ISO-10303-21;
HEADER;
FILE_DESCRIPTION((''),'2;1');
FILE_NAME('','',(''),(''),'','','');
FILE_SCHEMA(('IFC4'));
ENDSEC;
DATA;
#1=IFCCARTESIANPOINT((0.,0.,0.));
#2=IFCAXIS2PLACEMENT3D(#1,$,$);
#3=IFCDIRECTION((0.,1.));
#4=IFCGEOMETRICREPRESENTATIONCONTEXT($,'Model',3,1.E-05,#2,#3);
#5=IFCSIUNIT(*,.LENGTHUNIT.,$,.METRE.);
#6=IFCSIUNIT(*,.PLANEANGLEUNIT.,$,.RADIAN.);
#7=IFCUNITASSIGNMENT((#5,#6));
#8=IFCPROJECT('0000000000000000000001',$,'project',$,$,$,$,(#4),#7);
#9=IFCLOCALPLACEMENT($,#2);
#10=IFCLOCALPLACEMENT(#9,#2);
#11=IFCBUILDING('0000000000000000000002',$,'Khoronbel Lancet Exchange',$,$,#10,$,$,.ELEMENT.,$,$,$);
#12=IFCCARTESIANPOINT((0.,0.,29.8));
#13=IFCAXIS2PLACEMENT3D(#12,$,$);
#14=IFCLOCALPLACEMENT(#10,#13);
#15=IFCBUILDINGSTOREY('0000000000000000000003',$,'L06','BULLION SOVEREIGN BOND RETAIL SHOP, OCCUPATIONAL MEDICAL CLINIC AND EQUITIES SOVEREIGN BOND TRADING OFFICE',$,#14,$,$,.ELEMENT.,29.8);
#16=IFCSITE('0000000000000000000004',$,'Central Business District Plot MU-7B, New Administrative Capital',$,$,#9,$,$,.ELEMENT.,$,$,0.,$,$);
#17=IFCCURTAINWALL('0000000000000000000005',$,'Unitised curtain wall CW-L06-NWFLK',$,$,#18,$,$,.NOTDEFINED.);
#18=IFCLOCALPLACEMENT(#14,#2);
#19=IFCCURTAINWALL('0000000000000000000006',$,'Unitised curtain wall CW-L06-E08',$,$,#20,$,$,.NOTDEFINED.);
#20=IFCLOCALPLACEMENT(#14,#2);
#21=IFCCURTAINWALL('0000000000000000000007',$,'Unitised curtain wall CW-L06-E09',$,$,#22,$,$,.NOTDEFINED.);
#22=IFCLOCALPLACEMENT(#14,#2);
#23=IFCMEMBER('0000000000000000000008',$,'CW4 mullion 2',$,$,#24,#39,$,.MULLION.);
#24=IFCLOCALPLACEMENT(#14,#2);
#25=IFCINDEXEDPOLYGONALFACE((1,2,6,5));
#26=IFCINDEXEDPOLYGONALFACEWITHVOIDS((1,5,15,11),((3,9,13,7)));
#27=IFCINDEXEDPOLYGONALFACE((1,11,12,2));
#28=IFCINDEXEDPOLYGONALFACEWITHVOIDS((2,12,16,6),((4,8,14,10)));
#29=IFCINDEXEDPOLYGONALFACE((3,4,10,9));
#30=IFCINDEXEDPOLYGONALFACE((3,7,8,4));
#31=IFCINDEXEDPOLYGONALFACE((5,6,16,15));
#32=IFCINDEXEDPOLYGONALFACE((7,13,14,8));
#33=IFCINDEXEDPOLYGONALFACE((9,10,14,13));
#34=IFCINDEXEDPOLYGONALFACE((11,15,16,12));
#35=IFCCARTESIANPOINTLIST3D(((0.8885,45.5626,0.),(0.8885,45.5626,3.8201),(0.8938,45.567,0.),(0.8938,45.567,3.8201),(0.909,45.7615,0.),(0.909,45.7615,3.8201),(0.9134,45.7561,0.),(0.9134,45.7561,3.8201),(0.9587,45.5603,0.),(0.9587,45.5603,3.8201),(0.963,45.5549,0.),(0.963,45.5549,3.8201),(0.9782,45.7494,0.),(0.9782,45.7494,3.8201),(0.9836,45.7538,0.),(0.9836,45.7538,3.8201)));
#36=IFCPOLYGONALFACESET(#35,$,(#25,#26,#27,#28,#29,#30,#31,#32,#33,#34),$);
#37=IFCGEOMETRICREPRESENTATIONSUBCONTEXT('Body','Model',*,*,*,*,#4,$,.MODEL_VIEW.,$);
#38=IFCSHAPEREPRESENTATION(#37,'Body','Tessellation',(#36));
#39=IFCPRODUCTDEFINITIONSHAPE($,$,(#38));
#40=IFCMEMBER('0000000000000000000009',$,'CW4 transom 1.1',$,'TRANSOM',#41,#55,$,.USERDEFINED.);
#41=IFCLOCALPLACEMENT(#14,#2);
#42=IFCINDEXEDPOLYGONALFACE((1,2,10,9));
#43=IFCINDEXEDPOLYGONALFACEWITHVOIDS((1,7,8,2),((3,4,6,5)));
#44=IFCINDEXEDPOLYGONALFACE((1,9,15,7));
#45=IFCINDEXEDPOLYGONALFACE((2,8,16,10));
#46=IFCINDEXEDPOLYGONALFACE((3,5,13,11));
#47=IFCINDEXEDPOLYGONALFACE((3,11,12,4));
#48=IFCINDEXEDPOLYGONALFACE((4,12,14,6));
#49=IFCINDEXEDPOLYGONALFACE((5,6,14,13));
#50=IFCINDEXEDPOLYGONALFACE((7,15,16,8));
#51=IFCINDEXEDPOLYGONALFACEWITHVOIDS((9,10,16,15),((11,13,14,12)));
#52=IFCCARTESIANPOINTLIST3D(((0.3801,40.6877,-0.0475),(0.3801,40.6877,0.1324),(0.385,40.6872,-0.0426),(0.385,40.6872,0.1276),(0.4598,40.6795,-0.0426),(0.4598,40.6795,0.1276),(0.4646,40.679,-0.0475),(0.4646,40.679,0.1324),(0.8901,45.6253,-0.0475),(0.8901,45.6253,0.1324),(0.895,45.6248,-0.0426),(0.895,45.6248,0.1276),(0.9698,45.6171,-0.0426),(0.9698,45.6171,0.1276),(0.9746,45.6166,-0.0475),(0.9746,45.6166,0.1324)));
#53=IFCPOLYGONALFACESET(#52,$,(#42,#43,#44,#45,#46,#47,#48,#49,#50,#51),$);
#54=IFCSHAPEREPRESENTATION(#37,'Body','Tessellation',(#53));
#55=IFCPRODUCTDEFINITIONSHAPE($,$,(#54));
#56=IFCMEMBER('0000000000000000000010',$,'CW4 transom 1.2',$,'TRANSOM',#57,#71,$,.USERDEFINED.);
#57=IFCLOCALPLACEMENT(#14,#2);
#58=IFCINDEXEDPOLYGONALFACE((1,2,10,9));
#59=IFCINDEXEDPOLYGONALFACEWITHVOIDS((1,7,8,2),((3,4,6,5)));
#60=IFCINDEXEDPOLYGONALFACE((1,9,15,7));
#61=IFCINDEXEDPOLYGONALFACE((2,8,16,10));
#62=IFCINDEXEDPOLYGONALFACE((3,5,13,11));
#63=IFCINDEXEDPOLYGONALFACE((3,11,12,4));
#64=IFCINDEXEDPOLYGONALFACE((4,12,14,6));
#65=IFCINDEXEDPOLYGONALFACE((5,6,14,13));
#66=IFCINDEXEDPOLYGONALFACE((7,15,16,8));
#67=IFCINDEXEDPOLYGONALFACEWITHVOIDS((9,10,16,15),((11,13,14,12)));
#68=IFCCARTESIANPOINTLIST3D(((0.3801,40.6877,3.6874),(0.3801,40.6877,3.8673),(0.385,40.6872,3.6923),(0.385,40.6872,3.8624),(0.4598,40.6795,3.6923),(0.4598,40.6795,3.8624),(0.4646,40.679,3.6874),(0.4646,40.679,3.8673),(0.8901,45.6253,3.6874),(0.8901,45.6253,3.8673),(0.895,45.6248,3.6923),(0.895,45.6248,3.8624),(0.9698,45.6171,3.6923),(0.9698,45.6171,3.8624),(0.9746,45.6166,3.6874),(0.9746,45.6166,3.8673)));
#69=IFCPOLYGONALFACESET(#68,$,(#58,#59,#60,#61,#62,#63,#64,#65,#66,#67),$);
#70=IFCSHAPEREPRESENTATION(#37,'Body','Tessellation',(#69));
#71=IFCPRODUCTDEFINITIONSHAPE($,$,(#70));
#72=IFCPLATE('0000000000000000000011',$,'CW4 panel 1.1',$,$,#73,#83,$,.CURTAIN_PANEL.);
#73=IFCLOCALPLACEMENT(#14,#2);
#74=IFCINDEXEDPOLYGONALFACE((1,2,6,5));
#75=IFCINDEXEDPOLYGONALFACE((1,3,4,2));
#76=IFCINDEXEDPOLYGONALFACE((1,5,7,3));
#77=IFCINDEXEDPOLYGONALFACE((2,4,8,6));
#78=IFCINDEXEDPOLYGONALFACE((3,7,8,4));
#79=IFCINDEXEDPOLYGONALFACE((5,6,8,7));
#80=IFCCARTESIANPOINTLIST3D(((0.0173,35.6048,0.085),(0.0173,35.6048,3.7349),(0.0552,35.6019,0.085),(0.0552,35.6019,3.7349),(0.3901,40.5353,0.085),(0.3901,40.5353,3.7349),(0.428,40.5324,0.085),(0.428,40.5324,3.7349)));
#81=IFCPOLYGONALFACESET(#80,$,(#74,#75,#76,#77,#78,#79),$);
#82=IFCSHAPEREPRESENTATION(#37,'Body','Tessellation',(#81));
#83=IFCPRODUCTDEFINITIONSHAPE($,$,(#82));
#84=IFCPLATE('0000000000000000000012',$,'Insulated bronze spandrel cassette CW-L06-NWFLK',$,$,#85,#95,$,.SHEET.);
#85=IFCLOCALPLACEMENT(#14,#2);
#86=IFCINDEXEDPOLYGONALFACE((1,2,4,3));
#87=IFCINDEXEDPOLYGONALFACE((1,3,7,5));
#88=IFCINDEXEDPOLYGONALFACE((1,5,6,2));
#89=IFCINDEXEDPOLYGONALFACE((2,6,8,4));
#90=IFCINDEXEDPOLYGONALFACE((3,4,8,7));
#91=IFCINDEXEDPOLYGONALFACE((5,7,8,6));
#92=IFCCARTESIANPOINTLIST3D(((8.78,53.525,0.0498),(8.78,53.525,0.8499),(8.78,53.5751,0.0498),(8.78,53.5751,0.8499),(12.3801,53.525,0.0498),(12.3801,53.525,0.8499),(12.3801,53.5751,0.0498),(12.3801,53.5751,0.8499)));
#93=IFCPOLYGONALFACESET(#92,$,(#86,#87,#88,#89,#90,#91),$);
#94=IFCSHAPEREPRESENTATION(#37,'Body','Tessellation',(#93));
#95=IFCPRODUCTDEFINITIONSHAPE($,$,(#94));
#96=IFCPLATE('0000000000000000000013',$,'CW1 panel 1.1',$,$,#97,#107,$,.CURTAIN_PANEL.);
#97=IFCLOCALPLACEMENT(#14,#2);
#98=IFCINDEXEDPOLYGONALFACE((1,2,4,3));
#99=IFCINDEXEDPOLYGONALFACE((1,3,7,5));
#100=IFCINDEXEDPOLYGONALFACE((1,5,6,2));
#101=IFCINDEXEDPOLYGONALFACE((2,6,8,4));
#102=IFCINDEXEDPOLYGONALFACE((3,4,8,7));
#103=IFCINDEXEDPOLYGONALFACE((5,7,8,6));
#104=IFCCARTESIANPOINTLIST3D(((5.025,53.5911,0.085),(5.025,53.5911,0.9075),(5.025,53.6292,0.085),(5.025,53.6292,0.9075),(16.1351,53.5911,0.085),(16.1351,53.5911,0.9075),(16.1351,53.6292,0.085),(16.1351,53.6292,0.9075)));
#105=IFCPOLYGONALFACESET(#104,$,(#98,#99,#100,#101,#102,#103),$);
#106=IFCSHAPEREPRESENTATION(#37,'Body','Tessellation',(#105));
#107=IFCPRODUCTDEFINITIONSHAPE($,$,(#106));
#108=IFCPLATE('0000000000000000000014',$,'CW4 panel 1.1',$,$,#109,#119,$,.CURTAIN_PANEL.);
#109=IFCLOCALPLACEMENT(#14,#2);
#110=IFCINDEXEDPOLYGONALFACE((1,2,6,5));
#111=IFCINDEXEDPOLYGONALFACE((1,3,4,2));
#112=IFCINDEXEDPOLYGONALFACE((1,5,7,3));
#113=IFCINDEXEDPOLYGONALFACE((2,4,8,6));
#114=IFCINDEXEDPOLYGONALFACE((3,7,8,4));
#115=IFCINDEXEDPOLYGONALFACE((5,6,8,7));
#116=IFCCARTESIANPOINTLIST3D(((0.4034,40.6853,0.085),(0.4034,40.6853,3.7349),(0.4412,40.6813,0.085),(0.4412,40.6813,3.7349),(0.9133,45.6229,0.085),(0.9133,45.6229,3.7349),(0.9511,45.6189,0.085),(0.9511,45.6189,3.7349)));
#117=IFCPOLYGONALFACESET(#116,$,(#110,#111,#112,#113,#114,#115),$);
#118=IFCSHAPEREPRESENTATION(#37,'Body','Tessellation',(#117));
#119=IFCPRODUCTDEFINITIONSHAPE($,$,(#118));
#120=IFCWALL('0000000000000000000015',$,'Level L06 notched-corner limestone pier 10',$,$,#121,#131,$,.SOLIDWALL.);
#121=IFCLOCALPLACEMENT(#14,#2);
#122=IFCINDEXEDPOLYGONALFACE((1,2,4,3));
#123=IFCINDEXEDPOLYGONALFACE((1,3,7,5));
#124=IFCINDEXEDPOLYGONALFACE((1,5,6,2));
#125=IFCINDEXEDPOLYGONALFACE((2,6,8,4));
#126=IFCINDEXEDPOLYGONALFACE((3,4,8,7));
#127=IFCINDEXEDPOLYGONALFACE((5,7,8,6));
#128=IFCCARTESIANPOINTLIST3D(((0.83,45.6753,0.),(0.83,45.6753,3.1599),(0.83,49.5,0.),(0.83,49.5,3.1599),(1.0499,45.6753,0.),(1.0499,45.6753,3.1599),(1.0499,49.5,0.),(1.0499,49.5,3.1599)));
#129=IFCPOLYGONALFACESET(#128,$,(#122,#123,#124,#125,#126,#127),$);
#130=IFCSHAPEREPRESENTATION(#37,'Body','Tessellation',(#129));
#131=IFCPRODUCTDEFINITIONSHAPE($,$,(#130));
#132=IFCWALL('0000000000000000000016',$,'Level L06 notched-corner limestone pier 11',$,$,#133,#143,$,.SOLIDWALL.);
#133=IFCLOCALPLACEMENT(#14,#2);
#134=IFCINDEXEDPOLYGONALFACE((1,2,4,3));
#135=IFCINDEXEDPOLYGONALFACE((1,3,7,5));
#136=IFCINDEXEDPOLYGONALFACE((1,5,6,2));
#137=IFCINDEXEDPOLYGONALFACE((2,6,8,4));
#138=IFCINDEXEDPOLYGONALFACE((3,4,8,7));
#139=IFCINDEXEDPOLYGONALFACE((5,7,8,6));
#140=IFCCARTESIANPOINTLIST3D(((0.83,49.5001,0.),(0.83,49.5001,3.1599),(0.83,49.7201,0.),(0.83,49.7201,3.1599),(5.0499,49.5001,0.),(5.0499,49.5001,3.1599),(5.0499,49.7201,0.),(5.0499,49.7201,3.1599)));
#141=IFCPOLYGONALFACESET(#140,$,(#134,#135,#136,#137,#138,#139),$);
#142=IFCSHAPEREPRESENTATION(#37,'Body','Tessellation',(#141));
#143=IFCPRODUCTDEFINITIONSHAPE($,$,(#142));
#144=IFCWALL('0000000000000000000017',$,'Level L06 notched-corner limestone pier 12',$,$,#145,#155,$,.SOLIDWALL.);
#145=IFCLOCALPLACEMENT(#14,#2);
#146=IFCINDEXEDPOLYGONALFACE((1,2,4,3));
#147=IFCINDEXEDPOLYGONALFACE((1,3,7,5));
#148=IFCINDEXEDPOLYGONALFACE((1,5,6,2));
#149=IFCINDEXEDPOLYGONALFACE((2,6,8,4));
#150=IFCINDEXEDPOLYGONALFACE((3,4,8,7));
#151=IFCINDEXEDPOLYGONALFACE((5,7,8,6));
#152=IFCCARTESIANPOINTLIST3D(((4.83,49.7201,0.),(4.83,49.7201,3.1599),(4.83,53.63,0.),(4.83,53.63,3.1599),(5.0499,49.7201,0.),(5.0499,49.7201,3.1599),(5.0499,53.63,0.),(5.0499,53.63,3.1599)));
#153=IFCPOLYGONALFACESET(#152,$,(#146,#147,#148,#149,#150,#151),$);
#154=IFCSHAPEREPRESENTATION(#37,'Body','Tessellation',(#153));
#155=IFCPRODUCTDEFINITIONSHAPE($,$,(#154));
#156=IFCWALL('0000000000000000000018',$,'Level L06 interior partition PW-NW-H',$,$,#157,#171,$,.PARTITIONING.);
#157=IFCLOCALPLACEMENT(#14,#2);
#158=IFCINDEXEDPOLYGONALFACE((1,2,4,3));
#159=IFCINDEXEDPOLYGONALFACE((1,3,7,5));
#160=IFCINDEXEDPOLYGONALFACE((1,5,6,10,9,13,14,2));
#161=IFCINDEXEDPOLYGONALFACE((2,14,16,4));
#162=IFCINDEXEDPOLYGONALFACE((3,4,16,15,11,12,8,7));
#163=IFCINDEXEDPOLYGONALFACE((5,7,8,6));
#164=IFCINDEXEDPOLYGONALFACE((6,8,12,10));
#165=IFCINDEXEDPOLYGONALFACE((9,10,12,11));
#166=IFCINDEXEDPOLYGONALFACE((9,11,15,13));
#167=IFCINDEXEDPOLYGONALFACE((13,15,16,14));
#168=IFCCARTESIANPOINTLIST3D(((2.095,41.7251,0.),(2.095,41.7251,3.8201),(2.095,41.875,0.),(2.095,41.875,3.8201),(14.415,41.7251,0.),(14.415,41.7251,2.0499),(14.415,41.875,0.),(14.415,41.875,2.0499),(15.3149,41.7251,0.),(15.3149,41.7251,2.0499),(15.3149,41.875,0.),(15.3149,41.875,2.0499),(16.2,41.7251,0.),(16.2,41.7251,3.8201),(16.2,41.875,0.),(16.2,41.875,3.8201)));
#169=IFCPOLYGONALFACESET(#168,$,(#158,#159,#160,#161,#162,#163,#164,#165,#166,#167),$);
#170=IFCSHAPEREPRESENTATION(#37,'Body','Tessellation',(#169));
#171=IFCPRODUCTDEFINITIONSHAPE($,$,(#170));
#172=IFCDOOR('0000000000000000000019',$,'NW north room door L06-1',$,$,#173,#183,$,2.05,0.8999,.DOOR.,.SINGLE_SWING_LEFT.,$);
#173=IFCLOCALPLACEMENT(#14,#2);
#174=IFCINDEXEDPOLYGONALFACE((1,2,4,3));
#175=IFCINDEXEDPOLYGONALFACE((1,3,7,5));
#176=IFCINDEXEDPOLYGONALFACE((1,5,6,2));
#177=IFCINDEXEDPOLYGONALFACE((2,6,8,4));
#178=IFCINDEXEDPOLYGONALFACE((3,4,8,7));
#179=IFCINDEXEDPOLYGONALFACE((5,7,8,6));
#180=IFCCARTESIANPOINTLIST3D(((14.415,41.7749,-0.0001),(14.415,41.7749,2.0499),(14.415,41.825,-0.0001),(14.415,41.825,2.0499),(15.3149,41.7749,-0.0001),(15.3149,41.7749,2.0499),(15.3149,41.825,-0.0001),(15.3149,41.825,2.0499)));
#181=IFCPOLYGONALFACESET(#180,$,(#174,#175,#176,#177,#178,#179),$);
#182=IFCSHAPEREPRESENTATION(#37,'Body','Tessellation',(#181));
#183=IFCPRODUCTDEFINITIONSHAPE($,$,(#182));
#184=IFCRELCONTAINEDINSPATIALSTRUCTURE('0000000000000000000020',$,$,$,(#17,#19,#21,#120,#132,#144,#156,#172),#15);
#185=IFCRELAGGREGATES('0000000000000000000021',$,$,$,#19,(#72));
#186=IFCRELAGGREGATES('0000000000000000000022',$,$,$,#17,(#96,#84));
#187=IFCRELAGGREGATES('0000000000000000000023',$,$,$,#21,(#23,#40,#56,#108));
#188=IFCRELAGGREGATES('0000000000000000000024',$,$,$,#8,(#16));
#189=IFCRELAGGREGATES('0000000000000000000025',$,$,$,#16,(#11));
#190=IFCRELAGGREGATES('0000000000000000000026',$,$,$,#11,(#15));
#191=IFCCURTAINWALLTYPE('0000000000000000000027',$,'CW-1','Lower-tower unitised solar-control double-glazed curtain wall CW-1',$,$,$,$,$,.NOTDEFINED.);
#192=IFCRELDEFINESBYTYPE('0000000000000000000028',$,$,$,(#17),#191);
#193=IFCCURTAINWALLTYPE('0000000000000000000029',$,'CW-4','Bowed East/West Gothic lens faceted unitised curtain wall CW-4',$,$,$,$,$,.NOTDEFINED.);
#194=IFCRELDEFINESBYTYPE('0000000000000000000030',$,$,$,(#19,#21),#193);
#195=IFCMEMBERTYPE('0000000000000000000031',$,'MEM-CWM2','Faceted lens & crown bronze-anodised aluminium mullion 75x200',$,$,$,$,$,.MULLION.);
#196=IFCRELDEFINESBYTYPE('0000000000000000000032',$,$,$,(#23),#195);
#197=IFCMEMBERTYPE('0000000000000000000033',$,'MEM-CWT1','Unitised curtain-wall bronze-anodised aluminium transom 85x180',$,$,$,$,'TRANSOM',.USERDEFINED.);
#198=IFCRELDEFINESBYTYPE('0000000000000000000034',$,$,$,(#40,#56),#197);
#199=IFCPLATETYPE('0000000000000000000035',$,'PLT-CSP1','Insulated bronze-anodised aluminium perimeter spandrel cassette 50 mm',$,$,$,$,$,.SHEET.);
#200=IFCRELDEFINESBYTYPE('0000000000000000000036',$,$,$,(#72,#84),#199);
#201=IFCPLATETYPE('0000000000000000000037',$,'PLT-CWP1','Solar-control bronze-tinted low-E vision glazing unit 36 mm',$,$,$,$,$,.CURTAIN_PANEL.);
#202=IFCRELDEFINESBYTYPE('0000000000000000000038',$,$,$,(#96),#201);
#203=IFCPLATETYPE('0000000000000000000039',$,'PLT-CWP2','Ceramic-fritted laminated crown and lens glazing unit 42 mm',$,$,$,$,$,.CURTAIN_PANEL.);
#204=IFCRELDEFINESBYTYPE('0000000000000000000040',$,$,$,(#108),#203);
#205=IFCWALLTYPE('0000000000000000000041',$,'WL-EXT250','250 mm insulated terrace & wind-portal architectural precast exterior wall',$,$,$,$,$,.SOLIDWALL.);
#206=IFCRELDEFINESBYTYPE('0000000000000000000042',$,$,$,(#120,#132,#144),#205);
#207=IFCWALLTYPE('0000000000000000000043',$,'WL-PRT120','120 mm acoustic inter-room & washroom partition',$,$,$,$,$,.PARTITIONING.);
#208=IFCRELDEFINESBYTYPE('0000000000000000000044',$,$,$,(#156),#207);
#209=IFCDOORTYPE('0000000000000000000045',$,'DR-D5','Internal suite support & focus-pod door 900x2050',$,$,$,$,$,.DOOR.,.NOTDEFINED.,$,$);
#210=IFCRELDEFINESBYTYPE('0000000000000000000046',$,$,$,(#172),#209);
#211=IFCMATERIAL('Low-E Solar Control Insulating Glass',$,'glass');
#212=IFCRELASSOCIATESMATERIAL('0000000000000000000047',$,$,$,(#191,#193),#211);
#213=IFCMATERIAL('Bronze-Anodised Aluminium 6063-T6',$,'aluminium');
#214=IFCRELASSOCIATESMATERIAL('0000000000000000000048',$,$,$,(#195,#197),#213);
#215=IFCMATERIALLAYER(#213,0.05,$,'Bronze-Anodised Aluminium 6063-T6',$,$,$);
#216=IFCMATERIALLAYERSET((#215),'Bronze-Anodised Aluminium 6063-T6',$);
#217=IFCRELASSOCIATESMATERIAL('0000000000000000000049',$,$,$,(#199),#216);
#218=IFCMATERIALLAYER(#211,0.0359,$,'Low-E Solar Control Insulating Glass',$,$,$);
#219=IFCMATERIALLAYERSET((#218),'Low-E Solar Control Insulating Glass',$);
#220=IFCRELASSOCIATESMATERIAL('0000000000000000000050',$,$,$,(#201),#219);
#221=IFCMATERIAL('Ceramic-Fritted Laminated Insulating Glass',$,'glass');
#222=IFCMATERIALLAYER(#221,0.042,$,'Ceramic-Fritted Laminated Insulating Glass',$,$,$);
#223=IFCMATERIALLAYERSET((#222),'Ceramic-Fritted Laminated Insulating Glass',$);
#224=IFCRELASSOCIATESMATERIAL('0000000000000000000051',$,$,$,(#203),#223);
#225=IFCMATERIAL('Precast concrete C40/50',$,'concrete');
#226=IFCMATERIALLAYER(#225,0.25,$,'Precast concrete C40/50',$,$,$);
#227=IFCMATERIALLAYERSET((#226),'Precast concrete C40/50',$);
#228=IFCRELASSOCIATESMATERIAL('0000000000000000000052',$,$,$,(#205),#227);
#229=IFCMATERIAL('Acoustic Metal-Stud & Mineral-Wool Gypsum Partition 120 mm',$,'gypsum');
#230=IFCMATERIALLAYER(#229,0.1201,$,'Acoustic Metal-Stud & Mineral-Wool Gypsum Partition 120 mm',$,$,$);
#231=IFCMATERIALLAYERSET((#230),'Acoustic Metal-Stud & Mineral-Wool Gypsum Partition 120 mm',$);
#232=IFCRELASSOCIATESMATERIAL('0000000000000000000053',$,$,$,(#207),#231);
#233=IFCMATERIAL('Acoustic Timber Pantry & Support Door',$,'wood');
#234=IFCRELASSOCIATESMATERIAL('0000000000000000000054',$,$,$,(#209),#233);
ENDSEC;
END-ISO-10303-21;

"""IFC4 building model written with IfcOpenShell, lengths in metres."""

from ifc_helpers import new_model, si_unit, direction, frame, frame_2d, origin, origin_2d, place, context, subcontext, project, spatial, rectangle, hollow_rectangle, extrude, material, layer, layer_set, material_profile, profile_set, type_object, element, fill, aggregate, save


model = new_model("IFC4")

# Units and contexts
model_context = context("Model", 3, precision=1e-05, world=origin(), true_north=direction((0.0, 1.0)))
body_context = subcontext(model_context, "Body", "Model", "MODEL_VIEW")
ifc_project = project(units=[si_unit("LENGTHUNIT", "METRE"), si_unit("PLANEANGLEUNIT", "RADIAN")], contexts=[model_context])

# Site, building, storey
site_placement = place(None, origin())
site = spatial("IfcSite", under=ifc_project, at=site_placement, Name="Central Business District Plot MU-7B, New Administrative Capital", CompositionType="ELEMENT", RefElevation=0.0)
building_placement = place(site_placement, origin())
building = spatial("IfcBuilding", under=site, at=building_placement, Name="Khoronbel Lancet Exchange", CompositionType="ELEMENT")
storey_placement = place(building_placement, frame((0.0, 0.0, 29.8)))
storey = spatial("IfcBuildingStorey", under=building, at=storey_placement, Name="L06", Description="BULLION SOVEREIGN BOND RETAIL SHOP, OCCUPATIONAL MEDICAL CLINIC AND EQUITIES SOVEREIGN BOND TRADING OFFICE", CompositionType="ELEMENT", Elevation=29.8)

# Curtain walls
ifc_material_1 = material(Name="Low-E Solar Control Insulating Glass", Category="glass")
curtain_wall_type_1 = type_object("IfcCurtainWallType", Name="CW-1", Description="Lower-tower unitised solar-control double-glazed curtain wall CW-1", PredefinedType="NOTDEFINED", material=ifc_material_1)
curtain_wall_1_placement = place(storey_placement, origin())
curtain_wall_1 = element("IfcCurtainWall", 1, at=curtain_wall_1_placement, inside=storey, type_object=curtain_wall_type_1, Name="Unitised curtain wall CW-L06-NWFLK", PredefinedType="NOTDEFINED")
ifc_material_2 = material(Name="Bronze-Anodised Aluminium 6063-T6", Category="aluminium")
curtain_wall_type_2 = type_object("IfcCurtainWallType", Name="CW-4", Description="Bowed East/West Gothic lens faceted unitised curtain wall CW-4", PredefinedType="NOTDEFINED", material=ifc_material_1)
curtain_wall_2_placement = place(storey_placement, origin())
curtain_wall_2 = element("IfcCurtainWall", 2, at=curtain_wall_2_placement, inside=storey, type_object=curtain_wall_type_2, Name="Unitised curtain wall CW-L06-E08", PredefinedType="NOTDEFINED")
ifc_material_profile_1 = material_profile(ifc_material_2, hollow_rectangle(XDim=0.075, YDim=0.2, WallThickness=0.0049, at=origin_2d()), Name="ALU MULLION 75x200")
ifc_profile_set_1 = profile_set([ifc_material_profile_1], Name="Bronze-Anodised Aluminium 6063-T6")
member_type_1 = type_object("IfcMemberType", Name="MEM-CWM2", Description="Faceted lens & crown bronze-anodised aluminium mullion 75x200", PredefinedType="MULLION", material=ifc_profile_set_1)

# Curtain wall, members
curtain_wall_3_placement = place(storey_placement, origin())
curtain_wall_3 = element("IfcCurtainWall", 3, at=curtain_wall_3_placement, inside=storey, type_object=curtain_wall_type_2, Name="Unitised curtain wall CW-L06-E09", PredefinedType="NOTDEFINED")
member_1_placement = place(storey_placement, frame((0.936, 45.6582, 0.0), z_axis=(0.0, 0.0, 1.0), x_axis=(-0.99471, 0.102723, 0.0)))
member_1 = element("IfcMember", 4, at=member_1_placement, type_object=member_type_1, Name="CW4 mullion 2", PredefinedType="MULLION", context=body_context, shape_type="SweptSolid", body=[
    extrude(hollow_rectangle(XDim=0.075, YDim=0.2, WallThickness=0.0049, at=origin_2d()), origin(), (0.0, 0.0, 1.0), 3.8201),
])
ifc_material_profile_2 = material_profile(ifc_material_2, hollow_rectangle(XDim=0.085, YDim=0.1799, WallThickness=0.0049, at=origin_2d()), Name="ALU TRANSOM 85x180")
ifc_profile_set_2 = profile_set([ifc_material_profile_2], Name="Bronze-Anodised Aluminium 6063-T6")
member_type_2 = type_object("IfcMemberType", Name="MEM-CWT1", Description="Unitised curtain-wall bronze-anodised aluminium transom 85x180", ElementType="TRANSOM", PredefinedType="USERDEFINED", material=ifc_profile_set_2)
member_2_placement = place(storey_placement, frame((0.4224, 40.6833, 0.0425), z_axis=(0.102746, 0.994708, 0.0), x_axis=(-0.994708, 0.102746, 0.0)))
member_2 = element("IfcMember", 5, at=member_2_placement, type_object=member_type_2, Name="CW4 transom 1.1", ObjectType="TRANSOM", PredefinedType="USERDEFINED", context=body_context, shape_type="SweptSolid", body=[
    extrude(hollow_rectangle(XDim=0.085, YDim=0.1799, WallThickness=0.0049, at=origin_2d()), origin(), (0.0, 0.0, 1.0), 4.9639),
])
member_3_placement = place(storey_placement, frame((0.4224, 40.6833, 3.7773), z_axis=(0.102746, 0.994708, 0.0), x_axis=(-0.994708, 0.102746, 0.0)))
member_3 = element("IfcMember", 6, at=member_3_placement, type_object=member_type_2, Name="CW4 transom 1.2", ObjectType="TRANSOM", PredefinedType="USERDEFINED", context=body_context, shape_type="SweptSolid", body=[
    extrude(hollow_rectangle(XDim=0.085, YDim=0.1799, WallThickness=0.0049, at=origin_2d()), origin(), (0.0, 0.0, 1.0), 4.9639),
])

# Plates
ifc_layer_1 = layer(ifc_material_2, 0.05, Name="Bronze-Anodised Aluminium 6063-T6")
ifc_layer_set_1 = layer_set([ifc_layer_1], Name="Bronze-Anodised Aluminium 6063-T6")
plate_type_1 = type_object("IfcPlateType", Name="PLT-CSP1", Description="Insulated bronze-anodised aluminium perimeter spandrel cassette 50 mm", PredefinedType="SHEET", material=ifc_layer_set_1)
plate_1_placement = place(storey_placement, frame((0.2227, 38.0686, 0.085), z_axis=(0.0, 0.0, 1.0), x_axis=(0.075395, 0.997154, 0.0)))
plate_1 = element("IfcPlate", 7, at=plate_1_placement, type_object=plate_type_1, Name="CW4 panel 1.1", PredefinedType="CURTAIN_PANEL", context=body_context, shape_type="SweptSolid", body=[
    extrude(rectangle(XDim=4.9446, YDim=0.0381, at=origin_2d()), origin(), (0.0, 0.0, 1.0), 3.6499),
])
aggregate(curtain_wall_2, [plate_1])
plate_2_placement = place(storey_placement, frame((10.5801, 53.55, 0.0498), z_axis=(0.0, 0.0, 1.0), x_axis=(-1.0, 0.0, 0.0)))
plate_2 = element("IfcPlate", 8, at=plate_2_placement, type_object=plate_type_1, Name="Insulated bronze spandrel cassette CW-L06-NWFLK", PredefinedType="SHEET", context=body_context, shape_type="SweptSolid", body=[
    extrude(rectangle(XDim=3.6001, YDim=0.05, at=origin_2d()), origin(), (0.0, 0.0, 1.0), 0.8),
])
ifc_layer_2 = layer(ifc_material_1, 0.0359, Name="Low-E Solar Control Insulating Glass")
ifc_layer_set_2 = layer_set([ifc_layer_2], Name="Low-E Solar Control Insulating Glass")
plate_type_2 = type_object("IfcPlateType", Name="PLT-CWP1", Description="Solar-control bronze-tinted low-E vision glazing unit 36 mm", PredefinedType="CURTAIN_PANEL", material=ifc_layer_set_2)
plate_3_placement = place(storey_placement, frame((10.5801, 53.6101, 0.085), z_axis=(0.0, 0.0, 1.0), x_axis=(-1.0, 0.0, 0.0)))
plate_3 = element("IfcPlate", 9, at=plate_3_placement, type_object=plate_type_2, Name="CW1 panel 1.1", PredefinedType="CURTAIN_PANEL", context=body_context, shape_type="SweptSolid", body=[
    extrude(rectangle(XDim=11.1101, YDim=0.0381, at=origin_2d()), origin(), (0.0, 0.0, 1.0), 0.8225),
])
aggregate(curtain_wall_1, [plate_3, plate_2])
ifc_material_3 = material(Name="Ceramic-Fritted Laminated Insulating Glass", Category="glass")
ifc_layer_3 = layer(ifc_material_3, 0.042, Name="Ceramic-Fritted Laminated Insulating Glass")
ifc_layer_set_3 = layer_set([ifc_layer_3], Name="Ceramic-Fritted Laminated Insulating Glass")
plate_type_3 = type_object("IfcPlateType", Name="PLT-CWP2", Description="Ceramic-fritted laminated crown and lens glazing unit 42 mm", PredefinedType="CURTAIN_PANEL", material=ifc_layer_set_3)
plate_4_placement = place(storey_placement, frame((0.6772, 43.1521, 0.085), z_axis=(0.0, 0.0, 1.0), x_axis=(0.102723, 0.99471, 0.0)))
plate_4 = element("IfcPlate", 10, at=plate_4_placement, type_object=plate_type_3, Name="CW4 panel 1.1", PredefinedType="CURTAIN_PANEL", context=body_context, shape_type="SweptSolid", body=[
    extrude(rectangle(XDim=4.9639, YDim=0.0381, at=origin_2d()), origin(), (0.0, 0.0, 1.0), 3.6499),
])
aggregate(curtain_wall_3, [member_1, member_2, member_3, plate_4])

# Walls
ifc_material_4 = material(Name="Precast concrete C40/50", Category="concrete")
ifc_layer_4 = layer(ifc_material_4, 0.25, Name="Precast concrete C40/50")
ifc_layer_set_4 = layer_set([ifc_layer_4], Name="Precast concrete C40/50")
wall_type_1 = type_object("IfcWallType", Name="WL-EXT250", Description="250 mm insulated terrace & wind-portal architectural precast exterior wall", PredefinedType="SOLIDWALL", material=ifc_layer_set_4)
wall_1_placement = place(storey_placement, frame((0.9399, 45.6753, 0.0), z_axis=(0.0, 0.0, 1.0), x_axis=(0.0, 1.0, 0.0)))
element("IfcWall", 11, at=wall_1_placement, inside=storey, type_object=wall_type_1, Name="Level L06 notched-corner limestone pier 10", PredefinedType="SOLIDWALL", context=body_context, shape_type="SweptSolid", body=[
    extrude(rectangle(XDim=3.8247, YDim=0.22, at=frame_2d((1.9124, 0.0))), origin(), (0.0, 0.0, 1.0), 3.1599),
])
wall_2_placement = place(storey_placement, frame((0.8301, 49.6101, 0.0), z_axis=(0.0, 0.0, 1.0), x_axis=(1.0, 0.0, 0.0)))
element("IfcWall", 12, at=wall_2_placement, inside=storey, type_object=wall_type_1, Name="Level L06 notched-corner limestone pier 11", PredefinedType="SOLIDWALL", context=body_context, shape_type="SweptSolid", body=[
    extrude(rectangle(XDim=4.22, YDim=0.22, at=frame_2d((2.1099, 0.0))), origin(), (0.0, 0.0, 1.0), 3.1599),
])
wall_3_placement = place(storey_placement, frame((4.9399, 49.72, 0.0), z_axis=(0.0, 0.0, 1.0), x_axis=(0.0, 1.0, 0.0)))
element("IfcWall", 13, at=wall_3_placement, inside=storey, type_object=wall_type_1, Name="Level L06 notched-corner limestone pier 12", PredefinedType="SOLIDWALL", context=body_context, shape_type="SweptSolid", body=[
    extrude(rectangle(XDim=3.9099, YDim=0.22, at=frame_2d((1.9551, 0.0))), origin(), (0.0, 0.0, 1.0), 3.1599),
])

# Wall, opening, door
ifc_material_5 = material(Name="Acoustic Metal-Stud & Mineral-Wool Gypsum Partition 120 mm", Category="gypsum")
ifc_layer_5 = layer(ifc_material_5, 0.1201, Name="Acoustic Metal-Stud & Mineral-Wool Gypsum Partition 120 mm")
ifc_layer_set_5 = layer_set([ifc_layer_5], Name="Acoustic Metal-Stud & Mineral-Wool Gypsum Partition 120 mm")
wall_type_2 = type_object("IfcWallType", Name="WL-PRT120", Description="120 mm acoustic inter-room & washroom partition", PredefinedType="PARTITIONING", material=ifc_layer_set_5)
wall_4_placement = place(storey_placement, frame((2.095, 41.8, 0.0), z_axis=(0.0, 0.0, 1.0), x_axis=(1.0, 0.0, 0.0)))
wall_4 = element("IfcWall", 14, at=wall_4_placement, inside=storey, type_object=wall_type_2, Name="Level L06 interior partition PW-NW-H", PredefinedType="PARTITIONING", context=body_context, shape_type="SweptSolid", body=[
    extrude(rectangle(XDim=14.105, YDim=0.1499, at=frame_2d((7.0525, 0.0))), origin(), (0.0, 0.0, 1.0), 3.8201),
])
opening_1_placement = place(wall_4_placement, frame((12.3201, 0.0, 0.0)))
opening_1 = element("IfcOpeningElement", 15, at=opening_1_placement, cuts=wall_4, PredefinedType="OPENING", context=body_context, shape_type="SweptSolid", body=[
    extrude(rectangle(XDim=0.8999, YDim=2.05, at=frame_2d((0.45, 1.0249))), frame((0.0, 0.085, 0.0), z_axis=(0.0, -1.0, 0.0), x_axis=(1.0, 0.0, 0.0)), (0.0, 0.0, 1.0), 0.1699),
])
ifc_material_6 = material(Name="Acoustic Timber Pantry & Support Door", Category="wood")
door_type_1 = type_object("IfcDoorType", Name="DR-D5", Description="Internal suite support & focus-pod door 900x2050", OperationType="NOTDEFINED", PredefinedType="DOOR", material=ifc_material_6)
door_1_placement = place(opening_1_placement, origin())
door_1 = element("IfcDoor", 16, at=door_1_placement, inside=storey, type_object=door_type_1, Name="NW north room door L06-1", OperationType="SINGLE_SWING_LEFT", OverallHeight=2.05, OverallWidth=0.8999, PredefinedType="DOOR", context=body_context, shape_type="SweptSolid", body=[
    extrude(rectangle(XDim=0.8999, YDim=2.05, at=frame_2d((0.45, 1.0249))), frame((0.0, 0.0249, 0.0), z_axis=(0.0, -1.0, 0.0), x_axis=(1.0, 0.0, 0.0)), (0.0, 0.0, 1.0), 0.05),
])
fill(opening_1, door_1)

save(model, "model.ifc")
